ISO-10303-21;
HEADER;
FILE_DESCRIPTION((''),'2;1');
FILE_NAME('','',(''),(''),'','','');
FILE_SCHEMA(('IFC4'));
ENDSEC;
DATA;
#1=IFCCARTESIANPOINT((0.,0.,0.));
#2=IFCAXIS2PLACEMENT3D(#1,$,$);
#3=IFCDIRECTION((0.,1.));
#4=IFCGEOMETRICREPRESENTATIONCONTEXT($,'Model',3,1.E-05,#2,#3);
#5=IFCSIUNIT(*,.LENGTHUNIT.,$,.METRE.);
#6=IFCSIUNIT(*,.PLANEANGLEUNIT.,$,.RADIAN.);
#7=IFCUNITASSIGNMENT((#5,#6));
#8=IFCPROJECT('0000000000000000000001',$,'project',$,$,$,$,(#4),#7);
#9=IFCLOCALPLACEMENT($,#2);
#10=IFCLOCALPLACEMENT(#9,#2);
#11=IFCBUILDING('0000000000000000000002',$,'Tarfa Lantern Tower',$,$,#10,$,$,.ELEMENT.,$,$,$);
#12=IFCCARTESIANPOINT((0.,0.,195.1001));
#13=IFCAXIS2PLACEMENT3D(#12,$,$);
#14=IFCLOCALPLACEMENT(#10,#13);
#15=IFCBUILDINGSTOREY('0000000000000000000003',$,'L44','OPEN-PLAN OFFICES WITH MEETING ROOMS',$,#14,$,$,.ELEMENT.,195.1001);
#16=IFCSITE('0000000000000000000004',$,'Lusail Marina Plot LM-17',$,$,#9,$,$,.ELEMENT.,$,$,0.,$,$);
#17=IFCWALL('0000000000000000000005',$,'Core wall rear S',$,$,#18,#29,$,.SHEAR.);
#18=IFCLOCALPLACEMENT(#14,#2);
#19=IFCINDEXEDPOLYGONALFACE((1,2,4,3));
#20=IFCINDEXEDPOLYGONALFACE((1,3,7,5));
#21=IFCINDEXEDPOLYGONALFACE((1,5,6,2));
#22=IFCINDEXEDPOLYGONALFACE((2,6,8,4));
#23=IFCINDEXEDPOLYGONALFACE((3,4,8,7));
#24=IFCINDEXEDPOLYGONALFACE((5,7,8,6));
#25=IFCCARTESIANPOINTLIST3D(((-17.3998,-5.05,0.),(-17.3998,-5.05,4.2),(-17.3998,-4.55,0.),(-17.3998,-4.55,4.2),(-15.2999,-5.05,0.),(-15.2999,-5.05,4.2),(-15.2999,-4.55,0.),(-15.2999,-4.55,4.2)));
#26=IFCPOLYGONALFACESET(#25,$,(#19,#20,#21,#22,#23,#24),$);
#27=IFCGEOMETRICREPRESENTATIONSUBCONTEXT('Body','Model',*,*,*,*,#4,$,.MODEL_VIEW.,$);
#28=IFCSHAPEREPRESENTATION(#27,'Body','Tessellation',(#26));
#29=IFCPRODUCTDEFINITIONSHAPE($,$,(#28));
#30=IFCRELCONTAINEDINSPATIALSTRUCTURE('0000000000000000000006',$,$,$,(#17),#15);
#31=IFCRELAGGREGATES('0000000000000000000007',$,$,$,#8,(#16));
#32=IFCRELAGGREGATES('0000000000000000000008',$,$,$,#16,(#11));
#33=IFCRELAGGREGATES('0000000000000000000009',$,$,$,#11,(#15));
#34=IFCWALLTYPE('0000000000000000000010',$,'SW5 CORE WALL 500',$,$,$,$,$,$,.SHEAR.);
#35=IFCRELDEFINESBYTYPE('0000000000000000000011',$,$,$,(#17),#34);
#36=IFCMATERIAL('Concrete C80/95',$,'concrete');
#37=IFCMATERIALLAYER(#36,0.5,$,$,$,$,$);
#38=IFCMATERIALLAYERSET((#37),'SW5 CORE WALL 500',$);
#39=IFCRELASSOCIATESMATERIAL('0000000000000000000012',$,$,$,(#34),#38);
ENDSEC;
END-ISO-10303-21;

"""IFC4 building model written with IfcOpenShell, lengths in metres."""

from ifc_helpers import new_model, si_unit, direction, frame, frame_2d, origin, place, context, subcontext, project, spatial, rectangle, extrude, material, layer, layer_set, type_object, element, save


model = new_model("IFC4")

# Units and contexts
model_context = context("Model", 3, precision=1e-05, world=origin(), true_north=direction((0.0, 1.0)))
body_context = subcontext(model_context, "Body", "Model", "MODEL_VIEW")
ifc_project = project(units=[si_unit("LENGTHUNIT", "METRE"), si_unit("PLANEANGLEUNIT", "RADIAN")], contexts=[model_context])

# Site, building, storey
site_placement = place(None, origin())
site = spatial("IfcSite", under=ifc_project, at=site_placement, Name="Lusail Marina Plot LM-17", CompositionType="ELEMENT", RefElevation=0.0)
building_placement = place(site_placement, origin())
building = spatial("IfcBuilding", under=site, at=building_placement, Name="Tarfa Lantern Tower", CompositionType="ELEMENT")
storey_placement = place(building_placement, frame((0.0, 0.0, 195.1001)))
storey = spatial("IfcBuildingStorey", under=building, at=storey_placement, Name="L44", Description="OPEN-PLAN OFFICES WITH MEETING ROOMS", CompositionType="ELEMENT", Elevation=195.1001)

# Shared definitions
ifc_material_1 = material(Name="Concrete C80/95", Category="concrete")
ifc_layer_1 = layer(ifc_material_1, 0.5)
ifc_layer_set_1 = layer_set([ifc_layer_1], Name="SW5 CORE WALL 500")
wall_type_1 = type_object("IfcWallType", Name="SW5 CORE WALL 500", PredefinedType="SHEAR", material=ifc_layer_set_1)

# Wall
wall_1_placement = place(storey_placement, frame((-15.3, -4.8, 0.0), z_axis=(0.0, 0.0, 1.0), x_axis=(-1.0, 0.0, 0.0)))
element("IfcWall", 1, at=wall_1_placement, inside=storey, type_object=wall_type_1, Name="Core wall rear S", PredefinedType="SHEAR", context=body_context, shape_type="SweptSolid", body=[
    extrude(rectangle(XDim=2.0999, YDim=0.5, at=frame_2d((1.0498, 0.0))), origin(), (0.0, 0.0, 1.0), 4.2),
])

save(model, "model.ifc")
